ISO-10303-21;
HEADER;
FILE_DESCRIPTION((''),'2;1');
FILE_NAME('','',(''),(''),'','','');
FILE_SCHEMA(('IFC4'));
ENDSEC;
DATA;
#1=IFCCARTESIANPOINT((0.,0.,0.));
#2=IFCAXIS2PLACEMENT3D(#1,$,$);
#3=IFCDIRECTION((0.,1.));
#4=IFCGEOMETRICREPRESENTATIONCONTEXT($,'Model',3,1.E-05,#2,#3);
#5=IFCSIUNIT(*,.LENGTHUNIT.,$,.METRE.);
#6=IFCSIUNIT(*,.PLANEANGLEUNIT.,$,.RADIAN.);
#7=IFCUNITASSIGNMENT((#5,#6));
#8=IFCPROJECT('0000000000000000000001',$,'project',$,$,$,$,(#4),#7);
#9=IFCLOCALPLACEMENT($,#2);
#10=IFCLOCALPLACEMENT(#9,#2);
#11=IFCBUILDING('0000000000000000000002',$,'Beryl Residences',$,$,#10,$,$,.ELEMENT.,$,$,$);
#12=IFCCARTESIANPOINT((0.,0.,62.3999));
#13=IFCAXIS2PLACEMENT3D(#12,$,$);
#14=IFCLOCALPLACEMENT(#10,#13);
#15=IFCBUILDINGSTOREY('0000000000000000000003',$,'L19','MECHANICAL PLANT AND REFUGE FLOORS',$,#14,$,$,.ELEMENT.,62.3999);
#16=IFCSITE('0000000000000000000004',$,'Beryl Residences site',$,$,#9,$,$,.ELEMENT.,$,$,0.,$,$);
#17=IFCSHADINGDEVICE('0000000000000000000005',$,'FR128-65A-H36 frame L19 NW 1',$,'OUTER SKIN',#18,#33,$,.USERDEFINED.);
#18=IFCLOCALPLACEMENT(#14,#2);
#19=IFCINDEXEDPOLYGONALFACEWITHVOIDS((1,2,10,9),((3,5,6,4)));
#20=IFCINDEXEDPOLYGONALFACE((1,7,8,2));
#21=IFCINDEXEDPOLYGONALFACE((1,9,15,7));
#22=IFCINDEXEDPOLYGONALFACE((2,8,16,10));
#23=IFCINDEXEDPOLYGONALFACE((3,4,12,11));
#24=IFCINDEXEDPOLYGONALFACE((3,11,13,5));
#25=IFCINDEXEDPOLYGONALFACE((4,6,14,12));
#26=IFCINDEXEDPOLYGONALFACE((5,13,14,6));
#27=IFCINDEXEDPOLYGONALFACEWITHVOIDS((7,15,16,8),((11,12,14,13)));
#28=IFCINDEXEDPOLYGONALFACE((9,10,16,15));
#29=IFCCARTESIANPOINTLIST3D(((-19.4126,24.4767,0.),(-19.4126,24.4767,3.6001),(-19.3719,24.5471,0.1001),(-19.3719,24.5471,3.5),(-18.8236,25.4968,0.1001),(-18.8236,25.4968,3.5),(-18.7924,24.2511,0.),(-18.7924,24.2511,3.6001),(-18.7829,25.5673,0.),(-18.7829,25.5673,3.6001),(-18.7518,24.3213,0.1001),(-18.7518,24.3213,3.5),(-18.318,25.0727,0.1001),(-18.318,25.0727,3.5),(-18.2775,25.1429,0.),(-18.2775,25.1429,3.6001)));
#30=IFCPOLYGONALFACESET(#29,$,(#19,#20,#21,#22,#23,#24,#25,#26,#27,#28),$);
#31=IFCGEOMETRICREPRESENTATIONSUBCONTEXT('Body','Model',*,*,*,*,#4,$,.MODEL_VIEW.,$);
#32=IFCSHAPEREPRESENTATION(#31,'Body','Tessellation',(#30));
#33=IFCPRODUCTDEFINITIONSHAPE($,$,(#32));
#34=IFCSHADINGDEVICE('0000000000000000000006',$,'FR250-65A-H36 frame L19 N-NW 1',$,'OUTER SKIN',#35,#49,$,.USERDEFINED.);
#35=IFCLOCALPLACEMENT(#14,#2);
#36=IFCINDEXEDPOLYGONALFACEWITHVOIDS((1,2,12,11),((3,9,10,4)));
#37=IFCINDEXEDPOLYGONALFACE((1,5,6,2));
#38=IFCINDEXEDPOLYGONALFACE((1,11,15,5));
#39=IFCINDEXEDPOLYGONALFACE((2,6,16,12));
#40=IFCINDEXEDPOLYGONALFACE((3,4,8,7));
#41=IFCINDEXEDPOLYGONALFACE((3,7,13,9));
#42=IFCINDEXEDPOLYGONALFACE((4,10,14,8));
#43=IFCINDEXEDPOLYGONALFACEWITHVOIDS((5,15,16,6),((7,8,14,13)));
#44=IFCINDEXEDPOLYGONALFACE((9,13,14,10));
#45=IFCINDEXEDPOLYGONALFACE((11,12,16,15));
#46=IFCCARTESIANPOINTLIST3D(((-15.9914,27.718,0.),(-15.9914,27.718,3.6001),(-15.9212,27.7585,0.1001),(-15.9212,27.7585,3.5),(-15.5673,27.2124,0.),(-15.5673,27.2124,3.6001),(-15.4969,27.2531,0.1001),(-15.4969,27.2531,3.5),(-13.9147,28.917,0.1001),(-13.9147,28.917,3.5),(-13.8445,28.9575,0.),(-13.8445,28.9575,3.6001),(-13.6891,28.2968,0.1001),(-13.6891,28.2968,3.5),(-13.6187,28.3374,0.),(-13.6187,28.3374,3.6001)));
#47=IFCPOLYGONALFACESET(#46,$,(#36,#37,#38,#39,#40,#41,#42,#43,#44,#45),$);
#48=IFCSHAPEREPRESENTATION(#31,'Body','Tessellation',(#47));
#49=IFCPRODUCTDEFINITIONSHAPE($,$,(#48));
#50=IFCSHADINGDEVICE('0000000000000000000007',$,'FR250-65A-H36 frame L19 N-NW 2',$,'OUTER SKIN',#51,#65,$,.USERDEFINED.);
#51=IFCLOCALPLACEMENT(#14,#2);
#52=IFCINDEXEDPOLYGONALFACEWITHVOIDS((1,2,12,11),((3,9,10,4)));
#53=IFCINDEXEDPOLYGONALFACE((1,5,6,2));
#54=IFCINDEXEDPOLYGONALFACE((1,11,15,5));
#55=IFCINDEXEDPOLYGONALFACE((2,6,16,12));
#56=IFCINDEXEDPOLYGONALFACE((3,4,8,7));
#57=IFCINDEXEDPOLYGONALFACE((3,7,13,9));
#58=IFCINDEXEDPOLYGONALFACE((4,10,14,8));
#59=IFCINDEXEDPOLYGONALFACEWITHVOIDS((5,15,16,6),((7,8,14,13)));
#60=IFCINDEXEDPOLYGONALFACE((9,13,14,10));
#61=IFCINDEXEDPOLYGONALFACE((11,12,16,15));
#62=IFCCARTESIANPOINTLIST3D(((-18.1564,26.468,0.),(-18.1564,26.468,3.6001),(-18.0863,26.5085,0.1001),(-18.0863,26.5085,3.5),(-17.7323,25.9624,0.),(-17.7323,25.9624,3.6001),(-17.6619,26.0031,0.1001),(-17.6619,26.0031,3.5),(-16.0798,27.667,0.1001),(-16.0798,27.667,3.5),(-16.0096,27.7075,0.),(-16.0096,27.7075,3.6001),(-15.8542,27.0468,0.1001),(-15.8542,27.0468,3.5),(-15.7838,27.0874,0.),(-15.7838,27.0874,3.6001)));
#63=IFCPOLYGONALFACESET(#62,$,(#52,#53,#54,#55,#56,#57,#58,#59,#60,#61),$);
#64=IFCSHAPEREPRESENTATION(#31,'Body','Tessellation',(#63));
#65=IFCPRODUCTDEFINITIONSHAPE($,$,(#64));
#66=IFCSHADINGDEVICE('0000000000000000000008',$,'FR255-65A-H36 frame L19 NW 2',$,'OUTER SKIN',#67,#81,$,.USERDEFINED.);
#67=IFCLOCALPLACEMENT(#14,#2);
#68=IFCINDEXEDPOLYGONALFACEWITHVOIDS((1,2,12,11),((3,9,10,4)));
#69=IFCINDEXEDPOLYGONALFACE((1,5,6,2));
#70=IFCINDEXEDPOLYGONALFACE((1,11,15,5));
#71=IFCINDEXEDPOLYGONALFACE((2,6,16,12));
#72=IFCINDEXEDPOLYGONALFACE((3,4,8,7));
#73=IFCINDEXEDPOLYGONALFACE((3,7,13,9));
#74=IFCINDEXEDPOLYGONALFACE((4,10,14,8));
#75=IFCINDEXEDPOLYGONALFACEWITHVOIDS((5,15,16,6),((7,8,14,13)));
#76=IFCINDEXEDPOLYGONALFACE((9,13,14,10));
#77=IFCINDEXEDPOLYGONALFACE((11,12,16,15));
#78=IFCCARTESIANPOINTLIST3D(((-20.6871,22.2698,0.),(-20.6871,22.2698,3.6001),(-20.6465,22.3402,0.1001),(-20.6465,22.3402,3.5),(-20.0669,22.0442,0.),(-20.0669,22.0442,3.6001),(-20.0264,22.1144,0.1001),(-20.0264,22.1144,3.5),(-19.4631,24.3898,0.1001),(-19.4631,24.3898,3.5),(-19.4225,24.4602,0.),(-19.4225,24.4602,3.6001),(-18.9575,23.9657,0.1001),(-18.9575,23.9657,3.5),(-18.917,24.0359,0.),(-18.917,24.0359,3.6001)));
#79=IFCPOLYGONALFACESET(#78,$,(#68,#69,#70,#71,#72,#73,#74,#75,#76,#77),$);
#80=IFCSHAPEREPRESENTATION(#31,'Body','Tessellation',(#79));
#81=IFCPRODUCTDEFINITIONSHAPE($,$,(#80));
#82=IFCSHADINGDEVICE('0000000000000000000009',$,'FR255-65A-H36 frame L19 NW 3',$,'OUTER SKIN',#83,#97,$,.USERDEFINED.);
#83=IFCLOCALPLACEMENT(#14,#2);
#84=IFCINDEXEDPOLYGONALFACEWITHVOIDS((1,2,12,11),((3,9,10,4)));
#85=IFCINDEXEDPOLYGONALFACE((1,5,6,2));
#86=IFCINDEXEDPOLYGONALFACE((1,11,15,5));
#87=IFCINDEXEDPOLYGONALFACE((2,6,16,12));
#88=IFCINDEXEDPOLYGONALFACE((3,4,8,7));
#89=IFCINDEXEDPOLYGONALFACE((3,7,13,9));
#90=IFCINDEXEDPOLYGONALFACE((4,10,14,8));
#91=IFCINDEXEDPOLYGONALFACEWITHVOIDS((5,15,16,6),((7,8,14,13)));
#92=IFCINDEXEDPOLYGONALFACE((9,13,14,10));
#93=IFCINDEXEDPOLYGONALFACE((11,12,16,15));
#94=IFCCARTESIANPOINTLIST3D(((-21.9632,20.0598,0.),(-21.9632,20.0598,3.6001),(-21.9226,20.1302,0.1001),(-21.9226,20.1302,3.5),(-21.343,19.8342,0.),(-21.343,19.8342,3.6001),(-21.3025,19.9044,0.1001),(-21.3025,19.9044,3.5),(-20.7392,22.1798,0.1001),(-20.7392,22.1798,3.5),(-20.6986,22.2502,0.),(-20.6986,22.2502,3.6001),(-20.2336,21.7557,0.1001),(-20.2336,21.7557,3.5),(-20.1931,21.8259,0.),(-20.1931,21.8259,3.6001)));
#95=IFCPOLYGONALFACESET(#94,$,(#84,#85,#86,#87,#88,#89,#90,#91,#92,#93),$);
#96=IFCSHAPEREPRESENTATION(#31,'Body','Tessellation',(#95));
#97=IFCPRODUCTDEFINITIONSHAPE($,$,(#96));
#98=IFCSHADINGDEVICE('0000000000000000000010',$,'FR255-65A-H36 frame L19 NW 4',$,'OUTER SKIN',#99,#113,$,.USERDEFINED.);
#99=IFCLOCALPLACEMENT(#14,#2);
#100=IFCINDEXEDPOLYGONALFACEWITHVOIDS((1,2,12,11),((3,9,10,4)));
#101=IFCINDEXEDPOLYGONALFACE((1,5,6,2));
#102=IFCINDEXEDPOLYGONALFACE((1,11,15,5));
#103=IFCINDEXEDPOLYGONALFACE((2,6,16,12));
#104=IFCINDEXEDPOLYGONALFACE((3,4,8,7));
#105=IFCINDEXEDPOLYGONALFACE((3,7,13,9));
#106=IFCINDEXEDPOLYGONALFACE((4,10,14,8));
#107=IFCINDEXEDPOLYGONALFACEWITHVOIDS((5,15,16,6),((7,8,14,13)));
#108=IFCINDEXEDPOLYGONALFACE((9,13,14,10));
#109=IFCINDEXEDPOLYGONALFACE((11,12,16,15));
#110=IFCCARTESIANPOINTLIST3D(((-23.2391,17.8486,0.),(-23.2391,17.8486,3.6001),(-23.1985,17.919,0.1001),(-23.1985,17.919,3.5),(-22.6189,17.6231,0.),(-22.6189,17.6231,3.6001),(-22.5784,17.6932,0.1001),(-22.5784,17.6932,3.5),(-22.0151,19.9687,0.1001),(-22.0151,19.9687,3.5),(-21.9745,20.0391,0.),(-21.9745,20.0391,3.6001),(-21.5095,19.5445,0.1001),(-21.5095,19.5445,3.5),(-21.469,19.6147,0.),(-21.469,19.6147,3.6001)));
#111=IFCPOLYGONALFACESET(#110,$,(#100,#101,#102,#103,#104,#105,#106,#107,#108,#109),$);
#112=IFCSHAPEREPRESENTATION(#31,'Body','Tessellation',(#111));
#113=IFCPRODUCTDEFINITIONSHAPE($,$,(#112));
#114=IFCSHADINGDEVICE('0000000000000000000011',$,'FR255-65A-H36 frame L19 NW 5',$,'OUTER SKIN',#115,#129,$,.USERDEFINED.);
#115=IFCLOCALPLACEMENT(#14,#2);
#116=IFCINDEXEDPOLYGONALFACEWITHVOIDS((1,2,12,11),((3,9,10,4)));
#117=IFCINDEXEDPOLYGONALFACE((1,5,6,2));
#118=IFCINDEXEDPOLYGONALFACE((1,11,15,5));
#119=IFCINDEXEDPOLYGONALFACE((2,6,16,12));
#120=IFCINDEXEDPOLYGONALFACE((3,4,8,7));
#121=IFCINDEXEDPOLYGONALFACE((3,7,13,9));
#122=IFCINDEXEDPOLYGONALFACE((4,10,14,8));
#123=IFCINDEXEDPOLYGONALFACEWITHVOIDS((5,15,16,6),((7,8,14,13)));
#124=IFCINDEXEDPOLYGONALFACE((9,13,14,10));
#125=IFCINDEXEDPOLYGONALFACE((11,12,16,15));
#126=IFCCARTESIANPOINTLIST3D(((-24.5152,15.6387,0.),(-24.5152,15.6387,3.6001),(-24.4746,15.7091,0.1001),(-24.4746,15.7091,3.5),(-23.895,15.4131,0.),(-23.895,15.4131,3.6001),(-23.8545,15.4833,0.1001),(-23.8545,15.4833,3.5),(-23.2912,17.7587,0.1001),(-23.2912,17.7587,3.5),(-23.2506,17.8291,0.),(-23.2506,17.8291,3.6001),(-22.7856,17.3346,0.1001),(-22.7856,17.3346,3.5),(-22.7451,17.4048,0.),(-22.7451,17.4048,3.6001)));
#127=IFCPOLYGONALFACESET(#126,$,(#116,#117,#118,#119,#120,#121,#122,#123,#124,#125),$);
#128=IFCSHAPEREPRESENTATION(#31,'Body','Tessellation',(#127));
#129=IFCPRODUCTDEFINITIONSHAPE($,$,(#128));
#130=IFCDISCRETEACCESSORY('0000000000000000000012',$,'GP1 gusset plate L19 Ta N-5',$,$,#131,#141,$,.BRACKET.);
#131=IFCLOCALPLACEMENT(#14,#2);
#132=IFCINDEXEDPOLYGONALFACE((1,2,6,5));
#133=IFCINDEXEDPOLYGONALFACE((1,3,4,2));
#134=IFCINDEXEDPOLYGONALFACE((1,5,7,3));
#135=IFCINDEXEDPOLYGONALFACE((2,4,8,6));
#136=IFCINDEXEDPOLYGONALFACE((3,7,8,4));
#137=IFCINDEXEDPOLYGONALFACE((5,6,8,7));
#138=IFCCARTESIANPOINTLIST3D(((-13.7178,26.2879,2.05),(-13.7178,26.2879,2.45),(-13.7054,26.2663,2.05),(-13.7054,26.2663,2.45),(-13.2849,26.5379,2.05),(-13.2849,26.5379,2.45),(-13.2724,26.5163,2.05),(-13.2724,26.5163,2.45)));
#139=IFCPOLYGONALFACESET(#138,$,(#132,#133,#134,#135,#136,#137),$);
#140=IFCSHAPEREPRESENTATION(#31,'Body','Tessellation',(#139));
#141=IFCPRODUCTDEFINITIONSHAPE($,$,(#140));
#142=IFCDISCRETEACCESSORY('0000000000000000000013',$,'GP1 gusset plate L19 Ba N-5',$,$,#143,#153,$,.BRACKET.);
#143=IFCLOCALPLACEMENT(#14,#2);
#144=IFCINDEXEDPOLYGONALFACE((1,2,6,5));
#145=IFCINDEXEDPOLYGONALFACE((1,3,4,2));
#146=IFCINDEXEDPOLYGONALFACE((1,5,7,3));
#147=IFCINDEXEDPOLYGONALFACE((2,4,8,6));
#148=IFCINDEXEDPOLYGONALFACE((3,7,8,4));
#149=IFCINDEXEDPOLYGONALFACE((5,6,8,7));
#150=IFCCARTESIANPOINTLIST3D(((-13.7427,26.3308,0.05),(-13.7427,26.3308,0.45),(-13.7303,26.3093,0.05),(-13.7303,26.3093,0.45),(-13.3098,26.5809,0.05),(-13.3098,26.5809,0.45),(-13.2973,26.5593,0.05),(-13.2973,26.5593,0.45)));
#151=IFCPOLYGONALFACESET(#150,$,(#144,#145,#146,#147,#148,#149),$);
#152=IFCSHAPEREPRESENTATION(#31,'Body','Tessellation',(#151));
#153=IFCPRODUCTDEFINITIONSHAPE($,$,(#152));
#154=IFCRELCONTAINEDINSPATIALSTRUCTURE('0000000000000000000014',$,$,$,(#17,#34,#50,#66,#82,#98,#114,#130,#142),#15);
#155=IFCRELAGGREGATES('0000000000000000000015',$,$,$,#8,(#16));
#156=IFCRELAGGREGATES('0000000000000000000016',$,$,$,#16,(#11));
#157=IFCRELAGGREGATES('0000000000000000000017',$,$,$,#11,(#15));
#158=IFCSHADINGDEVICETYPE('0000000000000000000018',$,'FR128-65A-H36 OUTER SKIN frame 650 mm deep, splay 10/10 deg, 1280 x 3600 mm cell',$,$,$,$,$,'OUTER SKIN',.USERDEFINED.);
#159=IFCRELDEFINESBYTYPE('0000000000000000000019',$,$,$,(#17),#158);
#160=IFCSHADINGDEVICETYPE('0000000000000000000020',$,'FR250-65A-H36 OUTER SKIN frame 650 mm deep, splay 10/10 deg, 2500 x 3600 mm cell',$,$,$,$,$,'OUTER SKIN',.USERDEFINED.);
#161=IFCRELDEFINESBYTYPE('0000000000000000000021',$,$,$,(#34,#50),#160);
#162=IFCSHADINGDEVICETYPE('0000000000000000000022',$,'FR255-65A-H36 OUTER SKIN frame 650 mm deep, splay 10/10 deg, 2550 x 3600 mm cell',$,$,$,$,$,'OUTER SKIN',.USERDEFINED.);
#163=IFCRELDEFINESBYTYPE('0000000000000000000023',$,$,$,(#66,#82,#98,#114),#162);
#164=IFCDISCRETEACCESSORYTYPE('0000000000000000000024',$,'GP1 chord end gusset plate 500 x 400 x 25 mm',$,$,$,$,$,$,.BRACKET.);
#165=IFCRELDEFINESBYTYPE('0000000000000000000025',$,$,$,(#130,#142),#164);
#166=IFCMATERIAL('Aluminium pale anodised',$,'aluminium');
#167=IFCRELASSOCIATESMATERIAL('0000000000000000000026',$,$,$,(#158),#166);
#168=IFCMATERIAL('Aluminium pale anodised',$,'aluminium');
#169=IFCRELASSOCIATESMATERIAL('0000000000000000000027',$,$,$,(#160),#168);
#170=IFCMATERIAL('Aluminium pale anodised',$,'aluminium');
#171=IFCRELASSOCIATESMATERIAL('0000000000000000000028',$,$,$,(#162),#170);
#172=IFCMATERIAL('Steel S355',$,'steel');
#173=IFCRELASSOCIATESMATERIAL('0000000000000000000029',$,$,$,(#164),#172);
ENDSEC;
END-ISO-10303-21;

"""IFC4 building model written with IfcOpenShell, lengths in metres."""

from ifc_helpers import new_model, entity, si_unit, direction, frame, origin, origin_2d, place, context, subcontext, project, spatial, rectangle, extrude, source, transform, mapped, material, type_object, type_shapes, element, save


model = new_model("IFC4")

# Units and contexts
model_context = context("Model", 3, precision=1e-05, world=origin(), true_north=direction((0.0, 1.0)))
body_context = subcontext(model_context, "Body", "Model", "MODEL_VIEW")
ifc_project = project(units=[si_unit("LENGTHUNIT", "METRE"), si_unit("PLANEANGLEUNIT", "RADIAN")], contexts=[model_context])

# Site, building, storey
site_placement = place(None, origin())
site = spatial("IfcSite", under=ifc_project, at=site_placement, Name="Beryl Residences site", CompositionType="ELEMENT", RefElevation=0.0)
building_placement = place(site_placement, origin())
building = spatial("IfcBuilding", under=site, at=building_placement, Name="Beryl Residences", CompositionType="ELEMENT")
storey_placement = place(building_placement, frame((0.0, 0.0, 62.3999)))
storey = spatial("IfcBuildingStorey", under=building, at=storey_placement, Name="L19", Description="MECHANICAL PLANT AND REFUGE FLOORS", CompositionType="ELEMENT", Elevation=62.3999)

# Shading devices
ifc_material_1 = material(Name="Aluminium pale anodised", Category="aluminium")
shading_device_type_1 = type_object("IfcShadingDeviceType", Name="FR128-65A-H36 OUTER SKIN frame 650 mm deep, splay 10/10 deg, 1280 x 3600 mm cell", ElementType="OUTER SKIN", PredefinedType="USERDEFINED", material=ifc_material_1)
cartesian_point_1 = entity("IfcCartesianPoint", [-0.5149, 0.0])
cartesian_point_2 = entity("IfcCartesianPoint", [-0.4338, 0.1001])
cartesian_point_3 = entity("IfcCartesianPoint", [-0.6296, 0.0])
cartesian_point_4 = entity("IfcCartesianPoint", [-0.5483, 0.1001])
shared_shape_1 = source(origin(), body_context, "Body", "SweptSolid", [
    entity("IfcExtrudedAreaSolidTapered", entity("IfcArbitraryProfileDefWithVoids", "AREA", None, entity("IfcPolyline", [cartesian_point_1, entity("IfcCartesianPoint", [0.5149, 0.0]), entity("IfcCartesianPoint", [0.5149, 3.6001]), entity("IfcCartesianPoint", [-0.5149, 3.6001]), cartesian_point_1]), [entity("IfcPolyline", [cartesian_point_2, entity("IfcCartesianPoint", [0.4338, 0.1001]), entity("IfcCartesianPoint", [0.4338, 3.5]), entity("IfcCartesianPoint", [-0.4338, 3.5]), cartesian_point_2])]), entity("IfcAxis2Placement3D", entity("IfcCartesianPoint", [0.0, 0.0, 0.0]), entity("IfcDirection", [0.0, 1.0, 0.0]), entity("IfcDirection", [-1.0, 0.0, 0.0])), entity("IfcDirection", [0.0, 0.0, 1.0]), 0.6499, entity("IfcArbitraryProfileDefWithVoids", "AREA", None, entity("IfcPolyline", [cartesian_point_3, entity("IfcCartesianPoint", [0.6296, 0.0]), entity("IfcCartesianPoint", [0.6296, 3.6001]), entity("IfcCartesianPoint", [-0.6296, 3.6001]), cartesian_point_3]), [entity("IfcPolyline", [cartesian_point_4, entity("IfcCartesianPoint", [0.5483, 0.1001]), entity("IfcCartesianPoint", [0.5483, 3.5]), entity("IfcCartesianPoint", [-0.5483, 3.5]), cartesian_point_4])])),
])
type_shapes(shading_device_type_1, [shared_shape_1])
shading_device_placement = place(storey_placement, frame((-18.5349, 24.697, 0.0), z_axis=(0.0, 0.0, 1.0), x_axis=(0.5, 0.866025, 0.0)))
element("IfcShadingDevice", 1, at=shading_device_placement, inside=storey, type_object=shading_device_type_1, Name="FR128-65A-H36 frame L19 NW 1", ObjectType="OUTER SKIN", PredefinedType="USERDEFINED", context=body_context, shape_type="MappedRepresentation", body=[
    mapped(shared_shape_1, transform((0.0, 0.0, 0.0))),
])
ifc_material_2 = material(Name="Aluminium pale anodised", Category="aluminium")
shading_device_type_2 = type_object("IfcShadingDeviceType", Name="FR250-65A-H36 OUTER SKIN frame 650 mm deep, splay 10/10 deg, 2500 x 3600 mm cell", ElementType="OUTER SKIN", PredefinedType="USERDEFINED", material=ifc_material_2)
cartesian_point_5 = entity("IfcCartesianPoint", [-1.125, 0.0])
cartesian_point_6 = entity("IfcCartesianPoint", [-1.0437, 0.1001])
cartesian_point_7 = entity("IfcCartesianPoint", [-1.2395, 0.0])
cartesian_point_8 = entity("IfcCartesianPoint", [-1.1584, 0.1001])
shared_shape_2 = source(origin(), body_context, "Body", "SweptSolid", [
    entity("IfcExtrudedAreaSolidTapered", entity("IfcArbitraryProfileDefWithVoids", "AREA", None, entity("IfcPolyline", [cartesian_point_5, entity("IfcCartesianPoint", [1.125, 0.0]), entity("IfcCartesianPoint", [1.125, 3.6001]), entity("IfcCartesianPoint", [-1.125, 3.6001]), cartesian_point_5]), [entity("IfcPolyline", [cartesian_point_6, entity("IfcCartesianPoint", [1.0437, 0.1001]), entity("IfcCartesianPoint", [1.0437, 3.5]), entity("IfcCartesianPoint", [-1.0437, 3.5]), cartesian_point_6])]), entity("IfcAxis2Placement3D", entity("IfcCartesianPoint", [0.0, 0.0, 0.0]), entity("IfcDirection", [0.0, 1.0, 0.0]), entity("IfcDirection", [-1.0, 0.0, 0.0])), entity("IfcDirection", [0.0, 0.0, 1.0]), 0.6499, entity("IfcArbitraryProfileDefWithVoids", "AREA", None, entity("IfcPolyline", [cartesian_point_7, entity("IfcCartesianPoint", [1.2395, 0.0]), entity("IfcCartesianPoint", [1.2395, 3.6001]), entity("IfcCartesianPoint", [-1.2395, 3.6001]), cartesian_point_7]), [entity("IfcPolyline", [cartesian_point_8, entity("IfcCartesianPoint", [1.1584, 0.1001]), entity("IfcCartesianPoint", [1.1584, 3.5]), entity("IfcCartesianPoint", [-1.1584, 3.5]), cartesian_point_8])])),
])
type_shapes(shading_device_type_2, [shared_shape_2])
for number, where, z_axis, x_axis, name in (
    (2, (-14.593, 27.7749, 0.0), (0.0, 0.0, 1.0), (0.866025, 0.5, 0.0), "FR250-65A-H36 frame L19 N-NW 1"),
    (3, (-16.7581, 26.5249, 0.0), (0.0, 0.0, 1.0), (0.866025, 0.5, 0.0), "FR250-65A-H36 frame L19 N-NW 2"),
):
    element("IfcShadingDevice", number, at=place(storey_placement, frame(where, z_axis=z_axis, x_axis=x_axis)), inside=storey, type_object=shading_device_type_2, Name=name, ObjectType="OUTER SKIN", PredefinedType="USERDEFINED", context=body_context, shape_type="MappedRepresentation", body=[
        mapped(shared_shape_2, transform((0.0, 0.0, 0.0))),
    ])
ifc_material_3 = material(Name="Aluminium pale anodised", Category="aluminium")
shading_device_type_3 = type_object("IfcShadingDeviceType", Name="FR255-65A-H36 OUTER SKIN frame 650 mm deep, splay 10/10 deg, 2550 x 3600 mm cell", ElementType="OUTER SKIN", PredefinedType="USERDEFINED", material=ifc_material_3)
cartesian_point_9 = entity("IfcCartesianPoint", [-1.1499, 0.0])
cartesian_point_10 = entity("IfcCartesianPoint", [-1.0688, 0.1001])
cartesian_point_11 = entity("IfcCartesianPoint", [-1.2646, 0.0])
cartesian_point_12 = entity("IfcCartesianPoint", [-1.1833, 0.1001])
shared_shape_3 = source(origin(), body_context, "Body", "SweptSolid", [
    entity("IfcExtrudedAreaSolidTapered", entity("IfcArbitraryProfileDefWithVoids", "AREA", None, entity("IfcPolyline", [cartesian_point_9, entity("IfcCartesianPoint", [1.1499, 0.0]), entity("IfcCartesianPoint", [1.1499, 3.6001]), entity("IfcCartesianPoint", [-1.1499, 3.6001]), cartesian_point_9]), [entity("IfcPolyline", [cartesian_point_10, entity("IfcCartesianPoint", [1.0688, 0.1001]), entity("IfcCartesianPoint", [1.0688, 3.5]), entity("IfcCartesianPoint", [-1.0688, 3.5]), cartesian_point_10])]), entity("IfcAxis2Placement3D", entity("IfcCartesianPoint", [0.0, 0.0, 0.0]), entity("IfcDirection", [0.0, 1.0, 0.0]), entity("IfcDirection", [-1.0, 0.0, 0.0])), entity("IfcDirection", [0.0, 0.0, 1.0]), 0.6499, entity("IfcArbitraryProfileDefWithVoids", "AREA", None, entity("IfcPolyline", [cartesian_point_11, entity("IfcCartesianPoint", [1.2646, 0.0]), entity("IfcCartesianPoint", [1.2646, 3.6001]), entity("IfcCartesianPoint", [-1.2646, 3.6001]), cartesian_point_11]), [entity("IfcPolyline", [cartesian_point_12, entity("IfcCartesianPoint", [1.1833, 0.1001]), entity("IfcCartesianPoint", [1.1833, 3.5]), entity("IfcCartesianPoint", [-1.1833, 3.5]), cartesian_point_12])])),
])
type_shapes(shading_device_type_3, [shared_shape_3])
for number, where, z_axis, x_axis, name in (
    (4, (-19.4919, 23.04, 0.0), (0.0, 0.0, 1.0), (0.5, 0.866025, 0.0), "FR255-65A-H36 frame L19 NW 2"),
    (5, (-20.7681, 20.8301, 0.0), (0.0, 0.0, 1.0), (0.5, 0.866025, 0.0), "FR255-65A-H36 frame L19 NW 3"),
    (6, (-22.0439, 18.6189, 0.0), (0.0, 0.0, 1.0), (0.5, 0.866025, 0.0), "FR255-65A-H36 frame L19 NW 4"),
    (7, (-23.3201, 16.4089, 0.0), (0.0, 0.0, 1.0), (0.5, 0.866025, 0.0), "FR255-65A-H36 frame L19 NW 5"),
):
    element("IfcShadingDevice", number, at=place(storey_placement, frame(where, z_axis=z_axis, x_axis=x_axis)), inside=storey, type_object=shading_device_type_3, Name=name, ObjectType="OUTER SKIN", PredefinedType="USERDEFINED", context=body_context, shape_type="MappedRepresentation", body=[
        mapped(shared_shape_3, transform((0.0, 0.0, 0.0))),
    ])

# Discrete accessories
ifc_material_4 = material(Name="Steel S355", Category="steel")
discrete_accessory_type = type_object("IfcDiscreteAccessoryType", Name="GP1 chord end gusset plate 500 x 400 x 25 mm", PredefinedType="BRACKET", material=ifc_material_4)
for number, where, z_axis, x_axis, name in (
    (8, (-13.4951, 26.4021, 2.05), (0.0, 0.0, 1.0), (-0.865969, -0.500098, 0.0), "GP1 gusset plate L19 Ta N-5"),
    (9, (-13.52, 26.4451, 0.05), (0.0, 0.0, 1.0), (-0.865969, -0.500098, 0.0), "GP1 gusset plate L19 Ba N-5"),
):
    element("IfcDiscreteAccessory", number, at=place(storey_placement, frame(where, z_axis=z_axis, x_axis=x_axis)), inside=storey, type_object=discrete_accessory_type, Name=name, PredefinedType="BRACKET", context=body_context, shape_type="SweptSolid", body=[
        extrude(rectangle(XDim=0.5, YDim=0.0249, at=origin_2d()), origin(), (0.0, 0.0, 1.0), 0.3999),
    ])

save(model, "model.ifc")
